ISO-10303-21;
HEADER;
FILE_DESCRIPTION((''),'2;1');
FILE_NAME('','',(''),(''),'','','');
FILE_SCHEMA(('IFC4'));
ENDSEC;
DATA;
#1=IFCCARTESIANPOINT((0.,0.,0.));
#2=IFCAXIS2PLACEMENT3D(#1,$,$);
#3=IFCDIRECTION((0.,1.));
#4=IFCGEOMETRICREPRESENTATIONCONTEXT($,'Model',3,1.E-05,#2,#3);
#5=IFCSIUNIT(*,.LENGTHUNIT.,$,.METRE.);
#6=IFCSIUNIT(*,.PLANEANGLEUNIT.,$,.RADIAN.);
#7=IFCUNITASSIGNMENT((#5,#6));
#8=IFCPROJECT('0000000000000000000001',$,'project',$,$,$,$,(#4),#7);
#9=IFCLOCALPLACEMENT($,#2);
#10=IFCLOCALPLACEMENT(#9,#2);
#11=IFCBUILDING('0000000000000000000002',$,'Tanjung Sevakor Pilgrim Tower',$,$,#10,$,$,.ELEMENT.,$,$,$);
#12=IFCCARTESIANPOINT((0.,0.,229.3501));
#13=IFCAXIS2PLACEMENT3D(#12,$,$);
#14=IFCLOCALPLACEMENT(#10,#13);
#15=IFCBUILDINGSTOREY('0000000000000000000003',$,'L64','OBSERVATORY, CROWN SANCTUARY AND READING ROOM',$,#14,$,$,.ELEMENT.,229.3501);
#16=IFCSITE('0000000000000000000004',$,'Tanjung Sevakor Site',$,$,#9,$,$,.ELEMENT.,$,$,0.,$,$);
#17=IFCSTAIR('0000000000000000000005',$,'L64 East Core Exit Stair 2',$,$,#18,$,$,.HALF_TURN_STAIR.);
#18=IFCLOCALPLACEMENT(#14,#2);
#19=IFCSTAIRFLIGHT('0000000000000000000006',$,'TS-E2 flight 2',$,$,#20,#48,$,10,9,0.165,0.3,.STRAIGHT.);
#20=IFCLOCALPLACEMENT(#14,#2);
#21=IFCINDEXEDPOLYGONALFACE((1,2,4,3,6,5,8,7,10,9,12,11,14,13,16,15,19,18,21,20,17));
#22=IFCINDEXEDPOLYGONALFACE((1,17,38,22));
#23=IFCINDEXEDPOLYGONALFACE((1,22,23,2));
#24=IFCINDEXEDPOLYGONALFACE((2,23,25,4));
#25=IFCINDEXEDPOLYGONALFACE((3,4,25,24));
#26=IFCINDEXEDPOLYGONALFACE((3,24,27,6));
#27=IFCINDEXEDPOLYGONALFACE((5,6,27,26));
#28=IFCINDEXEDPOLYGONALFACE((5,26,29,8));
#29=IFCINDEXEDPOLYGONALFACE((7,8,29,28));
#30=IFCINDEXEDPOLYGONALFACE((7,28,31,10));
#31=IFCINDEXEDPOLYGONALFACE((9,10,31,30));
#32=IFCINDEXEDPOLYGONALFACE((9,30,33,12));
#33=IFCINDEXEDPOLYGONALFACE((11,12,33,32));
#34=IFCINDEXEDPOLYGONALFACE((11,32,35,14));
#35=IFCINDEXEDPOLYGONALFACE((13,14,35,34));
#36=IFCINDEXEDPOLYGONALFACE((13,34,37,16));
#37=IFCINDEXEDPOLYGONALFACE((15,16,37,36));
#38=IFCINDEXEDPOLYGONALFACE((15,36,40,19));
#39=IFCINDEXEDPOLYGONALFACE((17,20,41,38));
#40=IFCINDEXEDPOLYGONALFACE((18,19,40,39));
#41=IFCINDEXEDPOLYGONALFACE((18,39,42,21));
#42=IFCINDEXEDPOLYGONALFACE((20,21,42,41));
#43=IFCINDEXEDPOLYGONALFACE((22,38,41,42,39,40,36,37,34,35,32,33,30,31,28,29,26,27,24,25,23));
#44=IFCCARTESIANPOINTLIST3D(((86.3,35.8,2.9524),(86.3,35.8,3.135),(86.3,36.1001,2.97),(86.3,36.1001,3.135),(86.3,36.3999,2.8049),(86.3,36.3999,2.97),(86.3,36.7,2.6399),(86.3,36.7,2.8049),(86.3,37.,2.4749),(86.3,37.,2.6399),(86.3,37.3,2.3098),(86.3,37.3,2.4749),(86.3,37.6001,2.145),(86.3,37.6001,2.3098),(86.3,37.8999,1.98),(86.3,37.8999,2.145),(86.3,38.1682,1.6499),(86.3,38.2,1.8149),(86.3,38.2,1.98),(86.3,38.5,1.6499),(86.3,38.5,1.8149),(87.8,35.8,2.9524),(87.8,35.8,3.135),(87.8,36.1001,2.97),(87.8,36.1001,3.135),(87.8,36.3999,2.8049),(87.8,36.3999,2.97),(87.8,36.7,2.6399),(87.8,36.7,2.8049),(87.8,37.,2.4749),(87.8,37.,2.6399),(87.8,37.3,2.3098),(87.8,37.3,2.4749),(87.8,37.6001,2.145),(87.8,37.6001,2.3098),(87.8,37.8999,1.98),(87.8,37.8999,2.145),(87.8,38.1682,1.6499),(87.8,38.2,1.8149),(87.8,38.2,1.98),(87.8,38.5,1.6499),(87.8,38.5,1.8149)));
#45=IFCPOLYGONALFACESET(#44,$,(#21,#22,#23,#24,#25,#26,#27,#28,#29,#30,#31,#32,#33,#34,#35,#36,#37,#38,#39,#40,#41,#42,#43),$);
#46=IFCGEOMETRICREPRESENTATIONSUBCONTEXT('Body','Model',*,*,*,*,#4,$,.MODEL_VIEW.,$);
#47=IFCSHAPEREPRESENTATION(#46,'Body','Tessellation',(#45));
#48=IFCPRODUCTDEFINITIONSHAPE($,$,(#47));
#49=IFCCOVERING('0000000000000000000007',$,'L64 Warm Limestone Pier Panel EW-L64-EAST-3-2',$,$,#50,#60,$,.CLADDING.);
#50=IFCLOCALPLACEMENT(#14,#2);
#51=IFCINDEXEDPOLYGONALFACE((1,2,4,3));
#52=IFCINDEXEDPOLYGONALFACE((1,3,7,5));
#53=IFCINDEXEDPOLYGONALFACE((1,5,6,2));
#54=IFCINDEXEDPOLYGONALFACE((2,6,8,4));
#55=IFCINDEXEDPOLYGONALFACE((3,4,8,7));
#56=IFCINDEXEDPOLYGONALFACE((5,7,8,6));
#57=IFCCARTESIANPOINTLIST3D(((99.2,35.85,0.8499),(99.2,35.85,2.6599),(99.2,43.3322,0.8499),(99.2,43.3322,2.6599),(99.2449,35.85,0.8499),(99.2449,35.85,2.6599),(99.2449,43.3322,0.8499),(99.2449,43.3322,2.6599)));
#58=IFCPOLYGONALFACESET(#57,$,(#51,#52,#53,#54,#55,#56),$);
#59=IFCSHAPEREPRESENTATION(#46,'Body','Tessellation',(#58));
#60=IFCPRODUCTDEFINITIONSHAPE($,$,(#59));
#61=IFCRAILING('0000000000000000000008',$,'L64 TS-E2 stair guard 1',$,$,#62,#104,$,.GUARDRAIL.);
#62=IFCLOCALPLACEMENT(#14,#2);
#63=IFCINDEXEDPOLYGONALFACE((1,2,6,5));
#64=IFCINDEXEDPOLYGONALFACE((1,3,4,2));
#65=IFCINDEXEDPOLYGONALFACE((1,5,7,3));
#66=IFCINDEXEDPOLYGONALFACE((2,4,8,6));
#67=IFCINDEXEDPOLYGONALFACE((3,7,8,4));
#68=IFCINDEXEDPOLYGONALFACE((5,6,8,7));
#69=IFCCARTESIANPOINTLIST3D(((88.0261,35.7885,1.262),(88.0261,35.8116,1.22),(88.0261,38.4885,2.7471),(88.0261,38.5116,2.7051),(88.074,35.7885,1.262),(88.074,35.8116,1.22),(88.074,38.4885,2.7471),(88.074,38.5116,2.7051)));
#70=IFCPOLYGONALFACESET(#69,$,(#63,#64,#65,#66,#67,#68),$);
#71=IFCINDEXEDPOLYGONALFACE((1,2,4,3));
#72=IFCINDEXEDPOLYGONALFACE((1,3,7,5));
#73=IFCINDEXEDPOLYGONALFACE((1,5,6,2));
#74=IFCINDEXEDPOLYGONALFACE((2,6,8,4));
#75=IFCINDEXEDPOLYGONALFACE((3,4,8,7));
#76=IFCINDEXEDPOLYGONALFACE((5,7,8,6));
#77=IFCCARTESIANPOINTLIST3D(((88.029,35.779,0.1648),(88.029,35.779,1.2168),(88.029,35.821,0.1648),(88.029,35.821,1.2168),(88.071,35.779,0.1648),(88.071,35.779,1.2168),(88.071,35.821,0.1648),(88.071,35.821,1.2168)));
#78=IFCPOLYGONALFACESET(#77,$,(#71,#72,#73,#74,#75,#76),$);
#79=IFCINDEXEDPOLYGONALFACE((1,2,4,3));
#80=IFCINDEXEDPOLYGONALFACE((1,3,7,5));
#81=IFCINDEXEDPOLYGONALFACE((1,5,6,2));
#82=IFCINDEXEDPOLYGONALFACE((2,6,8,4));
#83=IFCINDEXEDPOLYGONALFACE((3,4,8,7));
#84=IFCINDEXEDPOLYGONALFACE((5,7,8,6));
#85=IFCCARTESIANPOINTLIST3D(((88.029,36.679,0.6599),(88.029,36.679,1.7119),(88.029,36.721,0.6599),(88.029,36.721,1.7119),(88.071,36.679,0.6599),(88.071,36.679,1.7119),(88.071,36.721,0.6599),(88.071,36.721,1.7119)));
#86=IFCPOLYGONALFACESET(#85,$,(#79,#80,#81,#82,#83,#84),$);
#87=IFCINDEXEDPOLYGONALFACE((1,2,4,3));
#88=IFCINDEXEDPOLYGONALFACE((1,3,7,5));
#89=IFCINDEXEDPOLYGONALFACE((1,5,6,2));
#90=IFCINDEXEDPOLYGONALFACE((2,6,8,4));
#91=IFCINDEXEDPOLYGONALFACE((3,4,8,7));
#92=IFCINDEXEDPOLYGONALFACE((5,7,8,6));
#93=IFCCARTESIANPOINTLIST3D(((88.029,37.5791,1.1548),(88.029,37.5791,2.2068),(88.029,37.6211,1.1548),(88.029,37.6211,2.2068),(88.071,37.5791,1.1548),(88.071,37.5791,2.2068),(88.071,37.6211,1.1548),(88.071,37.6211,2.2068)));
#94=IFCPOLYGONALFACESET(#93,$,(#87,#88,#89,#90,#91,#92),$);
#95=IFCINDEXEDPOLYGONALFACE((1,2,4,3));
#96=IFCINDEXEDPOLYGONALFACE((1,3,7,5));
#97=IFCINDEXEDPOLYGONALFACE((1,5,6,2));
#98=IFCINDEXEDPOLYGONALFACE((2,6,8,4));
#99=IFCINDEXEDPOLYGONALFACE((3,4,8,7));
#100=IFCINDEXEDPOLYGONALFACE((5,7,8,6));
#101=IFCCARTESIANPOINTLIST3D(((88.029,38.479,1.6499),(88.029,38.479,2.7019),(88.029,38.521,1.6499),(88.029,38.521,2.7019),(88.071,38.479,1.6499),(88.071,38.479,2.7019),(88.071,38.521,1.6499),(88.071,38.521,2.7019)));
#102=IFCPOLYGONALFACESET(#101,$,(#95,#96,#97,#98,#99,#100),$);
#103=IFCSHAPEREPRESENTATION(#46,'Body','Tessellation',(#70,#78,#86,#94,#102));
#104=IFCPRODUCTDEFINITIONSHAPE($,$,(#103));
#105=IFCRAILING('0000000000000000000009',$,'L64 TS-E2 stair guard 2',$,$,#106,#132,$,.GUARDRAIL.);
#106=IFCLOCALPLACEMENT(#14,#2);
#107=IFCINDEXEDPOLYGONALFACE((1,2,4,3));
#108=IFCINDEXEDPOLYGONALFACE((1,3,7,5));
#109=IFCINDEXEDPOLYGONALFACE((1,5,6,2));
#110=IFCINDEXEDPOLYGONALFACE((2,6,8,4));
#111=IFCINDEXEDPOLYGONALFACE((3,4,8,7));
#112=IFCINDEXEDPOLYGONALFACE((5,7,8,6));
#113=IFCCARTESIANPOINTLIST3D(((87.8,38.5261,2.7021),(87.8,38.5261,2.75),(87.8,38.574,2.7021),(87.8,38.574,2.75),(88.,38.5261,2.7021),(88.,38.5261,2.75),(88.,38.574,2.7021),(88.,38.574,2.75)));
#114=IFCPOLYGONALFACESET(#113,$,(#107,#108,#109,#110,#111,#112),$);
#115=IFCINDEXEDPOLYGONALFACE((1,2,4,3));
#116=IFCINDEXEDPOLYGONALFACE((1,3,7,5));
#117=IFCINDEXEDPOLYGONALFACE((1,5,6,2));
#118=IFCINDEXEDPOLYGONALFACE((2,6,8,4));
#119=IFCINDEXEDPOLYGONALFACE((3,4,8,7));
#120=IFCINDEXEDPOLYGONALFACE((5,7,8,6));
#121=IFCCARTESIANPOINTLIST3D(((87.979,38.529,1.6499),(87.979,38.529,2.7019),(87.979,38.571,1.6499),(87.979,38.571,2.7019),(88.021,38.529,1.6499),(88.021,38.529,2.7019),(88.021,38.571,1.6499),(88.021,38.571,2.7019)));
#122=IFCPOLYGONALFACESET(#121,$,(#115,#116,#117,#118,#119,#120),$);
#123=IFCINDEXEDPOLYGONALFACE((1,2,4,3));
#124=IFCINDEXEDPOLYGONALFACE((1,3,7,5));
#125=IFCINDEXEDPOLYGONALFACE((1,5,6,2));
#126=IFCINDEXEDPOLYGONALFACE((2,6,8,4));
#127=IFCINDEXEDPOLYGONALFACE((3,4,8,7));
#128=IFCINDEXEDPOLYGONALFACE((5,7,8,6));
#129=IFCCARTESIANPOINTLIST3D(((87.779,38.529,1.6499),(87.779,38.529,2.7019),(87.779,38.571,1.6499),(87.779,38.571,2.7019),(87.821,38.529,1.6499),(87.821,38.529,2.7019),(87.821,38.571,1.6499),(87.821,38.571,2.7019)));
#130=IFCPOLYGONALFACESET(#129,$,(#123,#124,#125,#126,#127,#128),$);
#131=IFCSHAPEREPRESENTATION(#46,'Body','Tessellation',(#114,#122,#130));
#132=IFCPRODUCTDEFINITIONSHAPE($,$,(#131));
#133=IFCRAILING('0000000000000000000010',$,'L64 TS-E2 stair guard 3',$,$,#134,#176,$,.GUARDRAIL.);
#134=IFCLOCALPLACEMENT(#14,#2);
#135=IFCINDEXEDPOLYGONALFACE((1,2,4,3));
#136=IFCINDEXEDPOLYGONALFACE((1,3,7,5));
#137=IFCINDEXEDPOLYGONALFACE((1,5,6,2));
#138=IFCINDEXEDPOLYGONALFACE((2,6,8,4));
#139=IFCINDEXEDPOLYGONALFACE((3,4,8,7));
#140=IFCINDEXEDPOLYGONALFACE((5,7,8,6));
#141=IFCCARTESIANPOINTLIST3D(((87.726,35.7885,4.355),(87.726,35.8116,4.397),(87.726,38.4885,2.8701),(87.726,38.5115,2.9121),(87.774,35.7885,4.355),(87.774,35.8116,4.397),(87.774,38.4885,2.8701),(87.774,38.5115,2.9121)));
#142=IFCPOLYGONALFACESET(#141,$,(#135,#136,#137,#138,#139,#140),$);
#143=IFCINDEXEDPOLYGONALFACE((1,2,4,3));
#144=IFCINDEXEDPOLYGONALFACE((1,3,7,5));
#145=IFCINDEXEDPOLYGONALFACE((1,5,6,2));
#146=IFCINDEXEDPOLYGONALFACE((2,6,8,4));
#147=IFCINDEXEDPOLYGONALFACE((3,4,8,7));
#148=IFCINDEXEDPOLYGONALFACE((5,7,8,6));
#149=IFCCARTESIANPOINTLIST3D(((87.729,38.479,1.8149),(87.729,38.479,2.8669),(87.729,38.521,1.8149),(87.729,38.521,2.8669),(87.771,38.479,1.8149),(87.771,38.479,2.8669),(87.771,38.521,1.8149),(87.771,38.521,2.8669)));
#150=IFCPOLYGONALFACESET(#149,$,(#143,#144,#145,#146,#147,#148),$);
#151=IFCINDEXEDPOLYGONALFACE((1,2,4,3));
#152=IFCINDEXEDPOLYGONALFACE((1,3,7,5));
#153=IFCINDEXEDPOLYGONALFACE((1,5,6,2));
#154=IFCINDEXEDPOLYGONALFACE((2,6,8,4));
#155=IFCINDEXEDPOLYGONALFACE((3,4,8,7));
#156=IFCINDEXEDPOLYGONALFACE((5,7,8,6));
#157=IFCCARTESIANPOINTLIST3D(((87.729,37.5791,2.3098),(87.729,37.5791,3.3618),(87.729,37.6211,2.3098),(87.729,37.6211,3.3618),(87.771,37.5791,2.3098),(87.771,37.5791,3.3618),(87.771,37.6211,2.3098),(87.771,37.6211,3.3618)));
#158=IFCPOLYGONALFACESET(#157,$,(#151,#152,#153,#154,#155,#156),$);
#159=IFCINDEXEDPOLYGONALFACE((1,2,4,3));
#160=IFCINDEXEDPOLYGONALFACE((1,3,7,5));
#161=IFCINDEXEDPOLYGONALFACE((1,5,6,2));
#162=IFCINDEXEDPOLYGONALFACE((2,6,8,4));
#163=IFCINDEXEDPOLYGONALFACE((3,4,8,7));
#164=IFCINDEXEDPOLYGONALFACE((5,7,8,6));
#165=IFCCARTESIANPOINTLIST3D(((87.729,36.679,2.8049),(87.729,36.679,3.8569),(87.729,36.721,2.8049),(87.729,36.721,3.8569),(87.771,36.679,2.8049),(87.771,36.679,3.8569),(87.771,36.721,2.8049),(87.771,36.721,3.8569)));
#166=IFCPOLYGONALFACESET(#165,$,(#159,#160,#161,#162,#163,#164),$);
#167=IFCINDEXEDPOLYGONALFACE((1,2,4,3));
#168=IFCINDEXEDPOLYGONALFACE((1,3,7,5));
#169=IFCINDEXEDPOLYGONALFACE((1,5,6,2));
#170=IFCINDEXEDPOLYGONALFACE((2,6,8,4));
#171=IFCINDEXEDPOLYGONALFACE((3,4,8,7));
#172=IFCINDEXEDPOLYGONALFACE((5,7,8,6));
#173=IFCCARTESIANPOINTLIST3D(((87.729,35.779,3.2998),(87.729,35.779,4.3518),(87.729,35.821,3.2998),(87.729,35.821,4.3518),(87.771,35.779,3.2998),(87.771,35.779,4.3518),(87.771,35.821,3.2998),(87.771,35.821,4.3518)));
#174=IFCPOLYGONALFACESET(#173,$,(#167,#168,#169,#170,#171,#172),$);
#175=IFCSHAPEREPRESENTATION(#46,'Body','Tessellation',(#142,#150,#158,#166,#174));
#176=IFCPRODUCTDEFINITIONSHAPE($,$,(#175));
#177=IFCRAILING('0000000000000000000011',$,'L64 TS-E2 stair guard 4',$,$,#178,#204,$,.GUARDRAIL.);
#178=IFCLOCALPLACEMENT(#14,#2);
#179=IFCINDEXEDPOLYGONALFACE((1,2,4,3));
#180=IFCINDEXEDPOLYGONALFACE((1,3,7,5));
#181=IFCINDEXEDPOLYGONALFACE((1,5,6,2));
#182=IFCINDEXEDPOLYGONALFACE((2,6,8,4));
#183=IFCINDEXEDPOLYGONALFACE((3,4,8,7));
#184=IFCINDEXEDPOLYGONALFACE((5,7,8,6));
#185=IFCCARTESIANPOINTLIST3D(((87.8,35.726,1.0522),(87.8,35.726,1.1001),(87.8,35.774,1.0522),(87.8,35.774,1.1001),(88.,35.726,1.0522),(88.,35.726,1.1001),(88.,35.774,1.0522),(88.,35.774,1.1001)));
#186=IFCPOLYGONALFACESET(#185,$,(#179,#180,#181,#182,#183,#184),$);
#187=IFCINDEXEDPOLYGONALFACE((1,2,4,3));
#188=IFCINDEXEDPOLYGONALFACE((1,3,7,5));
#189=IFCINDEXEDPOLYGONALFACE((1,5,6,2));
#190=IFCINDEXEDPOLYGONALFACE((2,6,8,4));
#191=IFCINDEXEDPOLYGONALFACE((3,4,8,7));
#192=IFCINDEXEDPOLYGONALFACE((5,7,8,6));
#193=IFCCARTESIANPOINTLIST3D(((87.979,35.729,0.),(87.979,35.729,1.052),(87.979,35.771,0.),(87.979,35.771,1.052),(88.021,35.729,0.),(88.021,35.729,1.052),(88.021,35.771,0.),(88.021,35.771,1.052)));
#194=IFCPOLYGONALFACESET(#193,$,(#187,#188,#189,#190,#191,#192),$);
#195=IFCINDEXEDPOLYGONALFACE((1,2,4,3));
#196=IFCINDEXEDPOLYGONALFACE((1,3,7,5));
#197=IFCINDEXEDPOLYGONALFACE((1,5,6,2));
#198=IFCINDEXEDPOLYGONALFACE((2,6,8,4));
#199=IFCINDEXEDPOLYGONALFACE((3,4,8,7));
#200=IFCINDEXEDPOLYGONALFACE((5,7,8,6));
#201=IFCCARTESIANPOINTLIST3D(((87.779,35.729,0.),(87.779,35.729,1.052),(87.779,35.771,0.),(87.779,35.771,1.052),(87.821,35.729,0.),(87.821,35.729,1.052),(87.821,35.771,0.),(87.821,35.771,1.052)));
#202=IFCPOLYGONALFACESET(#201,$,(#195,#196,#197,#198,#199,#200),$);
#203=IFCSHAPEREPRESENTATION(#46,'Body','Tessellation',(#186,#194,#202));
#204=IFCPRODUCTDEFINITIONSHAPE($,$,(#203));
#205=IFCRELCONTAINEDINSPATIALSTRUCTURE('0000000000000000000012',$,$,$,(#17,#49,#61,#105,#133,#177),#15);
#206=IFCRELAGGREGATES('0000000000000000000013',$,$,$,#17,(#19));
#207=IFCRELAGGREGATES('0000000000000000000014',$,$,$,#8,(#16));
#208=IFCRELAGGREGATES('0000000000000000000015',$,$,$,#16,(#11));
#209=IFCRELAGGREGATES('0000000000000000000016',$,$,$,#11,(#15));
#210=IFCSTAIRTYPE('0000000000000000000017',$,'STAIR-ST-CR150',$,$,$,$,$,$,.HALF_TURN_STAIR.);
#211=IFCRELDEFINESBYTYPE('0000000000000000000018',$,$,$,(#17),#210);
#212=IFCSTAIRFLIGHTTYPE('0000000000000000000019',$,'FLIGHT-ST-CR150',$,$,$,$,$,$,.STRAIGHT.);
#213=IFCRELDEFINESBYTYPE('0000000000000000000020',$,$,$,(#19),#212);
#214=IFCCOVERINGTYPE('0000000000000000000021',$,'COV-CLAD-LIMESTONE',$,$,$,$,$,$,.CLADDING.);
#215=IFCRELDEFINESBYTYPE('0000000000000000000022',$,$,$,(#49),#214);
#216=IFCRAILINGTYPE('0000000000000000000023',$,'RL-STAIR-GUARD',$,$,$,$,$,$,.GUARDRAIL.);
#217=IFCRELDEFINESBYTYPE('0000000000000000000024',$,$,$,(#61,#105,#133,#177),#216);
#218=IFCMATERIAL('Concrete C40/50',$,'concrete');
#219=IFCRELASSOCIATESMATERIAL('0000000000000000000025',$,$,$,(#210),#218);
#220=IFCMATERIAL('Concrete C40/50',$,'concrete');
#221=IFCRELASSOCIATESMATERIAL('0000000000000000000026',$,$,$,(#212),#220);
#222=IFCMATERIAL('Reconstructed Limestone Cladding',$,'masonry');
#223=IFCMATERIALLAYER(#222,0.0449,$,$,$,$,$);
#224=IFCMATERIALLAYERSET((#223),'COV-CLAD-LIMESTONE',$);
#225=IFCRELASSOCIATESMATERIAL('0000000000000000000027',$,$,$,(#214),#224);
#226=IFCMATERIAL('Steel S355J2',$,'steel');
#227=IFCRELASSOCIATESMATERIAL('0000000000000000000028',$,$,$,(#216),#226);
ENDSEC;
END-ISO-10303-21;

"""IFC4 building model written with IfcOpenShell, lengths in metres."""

from ifc_helpers import new_model, si_unit, direction, frame, origin, origin_2d, place, context, subcontext, project, spatial, polyline, rectangle, outline, extrude, material, layer, layer_set, type_object, element, aggregate, save


model = new_model("IFC4")

# Units and contexts
model_context = context("Model", 3, precision=1e-05, world=origin(), true_north=direction((0.0, 1.0)))
body_context = subcontext(model_context, "Body", "Model", "MODEL_VIEW")
ifc_project = project(units=[si_unit("LENGTHUNIT", "METRE"), si_unit("PLANEANGLEUNIT", "RADIAN")], contexts=[model_context])

# Site, building, storey
site_placement = place(None, origin())
site = spatial("IfcSite", under=ifc_project, at=site_placement, Name="Tanjung Sevakor Site", CompositionType="ELEMENT", RefElevation=0.0)
building_placement = place(site_placement, origin())
building = spatial("IfcBuilding", under=site, at=building_placement, Name="Tanjung Sevakor Pilgrim Tower", CompositionType="ELEMENT")
storey_placement = place(building_placement, frame((0.0, 0.0, 229.3501)))
storey = spatial("IfcBuildingStorey", under=building, at=storey_placement, Name="L64", Description="OBSERVATORY, CROWN SANCTUARY AND READING ROOM", CompositionType="ELEMENT", Elevation=229.3501)

# Stair, stair flight
ifc_material_1 = material(Name="Concrete C40/50", Category="concrete")
stair_type = type_object("IfcStairType", Name="STAIR-ST-CR150", PredefinedType="HALF_TURN_STAIR", material=ifc_material_1)
stair_placement = place(storey_placement, origin())
stair = element("IfcStair", 1, at=stair_placement, inside=storey, type_object=stair_type, Name="L64 East Core Exit Stair 2", PredefinedType="HALF_TURN_STAIR")
ifc_material_2 = material(Name="Concrete C40/50", Category="concrete")
stair_flight_type = type_object("IfcStairFlightType", Name="FLIGHT-ST-CR150", PredefinedType="STRAIGHT", material=ifc_material_2)
stair_flight_1_placement = place(storey_placement, frame((87.05, 38.5, 1.6499), z_axis=(0.0, 0.0, 1.0), x_axis=(0.0, -1.0, 0.0)))
stair_flight_1 = element("IfcStairFlight", 2, at=stair_flight_1_placement, type_object=stair_flight_type, Name="TS-E2 flight 2", NumberOfRisers=10, NumberOfTreads=9, PredefinedType="STRAIGHT", RiserHeight=0.165, TreadLength=0.3, context=body_context, shape_type="SweptSolid", body=[
    extrude(outline(polyline([(0.0, 0.0), (0.0, 0.165), (0.3, 0.165), (0.3, 0.3301), (0.6001, 0.3301), (0.6001, 0.4951), (0.8999, 0.4951), (0.8999, 0.6599), (1.2, 0.6599), (1.2, 0.825), (1.5, 0.825), (1.5, 0.99), (1.8, 0.99), (1.8, 1.155), (2.1001, 1.155), (2.1001, 1.3201), (2.3999, 1.3201), (2.3999, 1.4851), (2.7, 1.4851), (2.7, 1.6499), (2.7, 1.3025), (0.3318, 0.0), (0.0, 0.0)])), frame((0.0, 0.75, 0.0), z_axis=(0.0, -1.0, 0.0), x_axis=(1.0, 0.0, 0.0)), (0.0, 0.0, 1.0), 1.5),
])
aggregate(stair, [stair_flight_1])

# Covering
ifc_material_3 = material(Name="Reconstructed Limestone Cladding", Category="masonry")
ifc_layer_1 = layer(ifc_material_3, 0.0449)
ifc_layer_set_1 = layer_set([ifc_layer_1], Name="COV-CLAD-LIMESTONE")
covering_type = type_object("IfcCoveringType", Name="COV-CLAD-LIMESTONE", PredefinedType="CLADDING", material=ifc_layer_set_1)
covering_placement = place(storey_placement, frame((99.2224, 39.5911, 0.8499), z_axis=(0.0, 0.0, 1.0), x_axis=(0.0, 1.0, 0.0)))
element("IfcCovering", 3, at=covering_placement, inside=storey, type_object=covering_type, Name="L64 Warm Limestone Pier Panel EW-L64-EAST-3-2", PredefinedType="CLADDING", context=body_context, shape_type="SweptSolid", body=[
    extrude(rectangle(XDim=7.4822, YDim=0.0449, at=origin_2d()), origin(), (0.0, 0.0, 1.0), 1.8101),
])

# Railings
ifc_material_4 = material(Name="Steel S355J2", Category="steel")
railing_type_1 = type_object("IfcRailingType", Name="RL-STAIR-GUARD", PredefinedType="GUARDRAIL", material=ifc_material_4)
railing_1_placement = place(storey_placement, frame((88.05, 35.8, 0.1648)))
element("IfcRailing", 4, at=railing_1_placement, inside=storey, type_object=railing_type_1, Name="L64 TS-E2 stair guard 1", PredefinedType="GUARDRAIL", context=body_context, shape_type="SweptSolid", body=[
    extrude(rectangle(XDim=0.0479, YDim=0.0479), frame((0.0, 0.0, 1.0762), z_axis=(0.0, 0.876198, 0.481952), x_axis=(-1.0, 0.0, 0.0)), (0.0, 0.0, 1.0), 3.0815),
    extrude(rectangle(XDim=0.042, YDim=0.042), origin(), (0.0, 0.0, 1.0), 1.052),
    extrude(rectangle(XDim=0.042, YDim=0.042), frame((0.0, 0.8999, 0.4951)), (0.0, 0.0, 1.0), 1.052),
    extrude(rectangle(XDim=0.042, YDim=0.042), frame((0.0, 1.8, 0.99)), (0.0, 0.0, 1.0), 1.052),
    extrude(rectangle(XDim=0.042, YDim=0.042), frame((0.0, 2.7, 1.4851)), (0.0, 0.0, 1.0), 1.052),
])
railing_2_placement = place(storey_placement, frame((88.0, 38.55, 1.6499)))
element("IfcRailing", 5, at=railing_2_placement, inside=storey, type_object=railing_type_1, Name="L64 TS-E2 stair guard 2", PredefinedType="GUARDRAIL", context=body_context, shape_type="SweptSolid", body=[
    extrude(rectangle(XDim=0.0479, YDim=0.0479), frame((0.0, 0.0, 1.0762), z_axis=(-1.0, 0.0, 0.0), x_axis=(0.0, -1.0, 0.0)), (0.0, 0.0, 1.0), 0.2),
    extrude(rectangle(XDim=0.042, YDim=0.042), origin(), (0.0, 0.0, 1.0), 1.052),
    extrude(rectangle(XDim=0.042, YDim=0.042), frame((-0.2, 0.0, 0.0)), (0.0, 0.0, 1.0), 1.052),
])
railing_3_placement = place(storey_placement, frame((87.75, 38.5, 1.8149)))
element("IfcRailing", 6, at=railing_3_placement, inside=storey, type_object=railing_type_1, Name="L64 TS-E2 stair guard 3", PredefinedType="GUARDRAIL", context=body_context, shape_type="SweptSolid", body=[
    extrude(rectangle(XDim=0.0479, YDim=0.0479), frame((0.0, 0.0, 1.0762), z_axis=(0.0, -0.876231, 0.481891), x_axis=(1.0, 0.0, 0.0)), (0.0, 0.0, 1.0), 3.0813),
    extrude(rectangle(XDim=0.042, YDim=0.042), origin(), (0.0, 0.0, 1.0), 1.052),
    extrude(rectangle(XDim=0.042, YDim=0.042), frame((0.0, -0.8999, 0.4949)), (0.0, 0.0, 1.0), 1.052),
    extrude(rectangle(XDim=0.042, YDim=0.042), frame((0.0, -1.8, 0.99)), (0.0, 0.0, 1.0), 1.052),
    extrude(rectangle(XDim=0.042, YDim=0.042), frame((0.0, -2.7, 1.4849)), (0.0, 0.0, 1.0), 1.052),
])
railing_4_placement = place(storey_placement, frame((88.0, 35.75, 0.0)))
element("IfcRailing", 7, at=railing_4_placement, inside=storey, type_object=railing_type_1, Name="L64 TS-E2 stair guard 4", PredefinedType="GUARDRAIL", context=body_context, shape_type="SweptSolid", body=[
    extrude(rectangle(XDim=0.0479, YDim=0.0479), frame((0.0, 0.0, 1.0762), z_axis=(-1.0, 0.0, 0.0), x_axis=(0.0, -1.0, 0.0)), (0.0, 0.0, 1.0), 0.2),
    extrude(rectangle(XDim=0.042, YDim=0.042), origin(), (0.0, 0.0, 1.0), 1.052),
    extrude(rectangle(XDim=0.042, YDim=0.042), frame((-0.2, 0.0, 0.0)), (0.0, 0.0, 1.0), 1.052),
])

save(model, "model.ifc")
